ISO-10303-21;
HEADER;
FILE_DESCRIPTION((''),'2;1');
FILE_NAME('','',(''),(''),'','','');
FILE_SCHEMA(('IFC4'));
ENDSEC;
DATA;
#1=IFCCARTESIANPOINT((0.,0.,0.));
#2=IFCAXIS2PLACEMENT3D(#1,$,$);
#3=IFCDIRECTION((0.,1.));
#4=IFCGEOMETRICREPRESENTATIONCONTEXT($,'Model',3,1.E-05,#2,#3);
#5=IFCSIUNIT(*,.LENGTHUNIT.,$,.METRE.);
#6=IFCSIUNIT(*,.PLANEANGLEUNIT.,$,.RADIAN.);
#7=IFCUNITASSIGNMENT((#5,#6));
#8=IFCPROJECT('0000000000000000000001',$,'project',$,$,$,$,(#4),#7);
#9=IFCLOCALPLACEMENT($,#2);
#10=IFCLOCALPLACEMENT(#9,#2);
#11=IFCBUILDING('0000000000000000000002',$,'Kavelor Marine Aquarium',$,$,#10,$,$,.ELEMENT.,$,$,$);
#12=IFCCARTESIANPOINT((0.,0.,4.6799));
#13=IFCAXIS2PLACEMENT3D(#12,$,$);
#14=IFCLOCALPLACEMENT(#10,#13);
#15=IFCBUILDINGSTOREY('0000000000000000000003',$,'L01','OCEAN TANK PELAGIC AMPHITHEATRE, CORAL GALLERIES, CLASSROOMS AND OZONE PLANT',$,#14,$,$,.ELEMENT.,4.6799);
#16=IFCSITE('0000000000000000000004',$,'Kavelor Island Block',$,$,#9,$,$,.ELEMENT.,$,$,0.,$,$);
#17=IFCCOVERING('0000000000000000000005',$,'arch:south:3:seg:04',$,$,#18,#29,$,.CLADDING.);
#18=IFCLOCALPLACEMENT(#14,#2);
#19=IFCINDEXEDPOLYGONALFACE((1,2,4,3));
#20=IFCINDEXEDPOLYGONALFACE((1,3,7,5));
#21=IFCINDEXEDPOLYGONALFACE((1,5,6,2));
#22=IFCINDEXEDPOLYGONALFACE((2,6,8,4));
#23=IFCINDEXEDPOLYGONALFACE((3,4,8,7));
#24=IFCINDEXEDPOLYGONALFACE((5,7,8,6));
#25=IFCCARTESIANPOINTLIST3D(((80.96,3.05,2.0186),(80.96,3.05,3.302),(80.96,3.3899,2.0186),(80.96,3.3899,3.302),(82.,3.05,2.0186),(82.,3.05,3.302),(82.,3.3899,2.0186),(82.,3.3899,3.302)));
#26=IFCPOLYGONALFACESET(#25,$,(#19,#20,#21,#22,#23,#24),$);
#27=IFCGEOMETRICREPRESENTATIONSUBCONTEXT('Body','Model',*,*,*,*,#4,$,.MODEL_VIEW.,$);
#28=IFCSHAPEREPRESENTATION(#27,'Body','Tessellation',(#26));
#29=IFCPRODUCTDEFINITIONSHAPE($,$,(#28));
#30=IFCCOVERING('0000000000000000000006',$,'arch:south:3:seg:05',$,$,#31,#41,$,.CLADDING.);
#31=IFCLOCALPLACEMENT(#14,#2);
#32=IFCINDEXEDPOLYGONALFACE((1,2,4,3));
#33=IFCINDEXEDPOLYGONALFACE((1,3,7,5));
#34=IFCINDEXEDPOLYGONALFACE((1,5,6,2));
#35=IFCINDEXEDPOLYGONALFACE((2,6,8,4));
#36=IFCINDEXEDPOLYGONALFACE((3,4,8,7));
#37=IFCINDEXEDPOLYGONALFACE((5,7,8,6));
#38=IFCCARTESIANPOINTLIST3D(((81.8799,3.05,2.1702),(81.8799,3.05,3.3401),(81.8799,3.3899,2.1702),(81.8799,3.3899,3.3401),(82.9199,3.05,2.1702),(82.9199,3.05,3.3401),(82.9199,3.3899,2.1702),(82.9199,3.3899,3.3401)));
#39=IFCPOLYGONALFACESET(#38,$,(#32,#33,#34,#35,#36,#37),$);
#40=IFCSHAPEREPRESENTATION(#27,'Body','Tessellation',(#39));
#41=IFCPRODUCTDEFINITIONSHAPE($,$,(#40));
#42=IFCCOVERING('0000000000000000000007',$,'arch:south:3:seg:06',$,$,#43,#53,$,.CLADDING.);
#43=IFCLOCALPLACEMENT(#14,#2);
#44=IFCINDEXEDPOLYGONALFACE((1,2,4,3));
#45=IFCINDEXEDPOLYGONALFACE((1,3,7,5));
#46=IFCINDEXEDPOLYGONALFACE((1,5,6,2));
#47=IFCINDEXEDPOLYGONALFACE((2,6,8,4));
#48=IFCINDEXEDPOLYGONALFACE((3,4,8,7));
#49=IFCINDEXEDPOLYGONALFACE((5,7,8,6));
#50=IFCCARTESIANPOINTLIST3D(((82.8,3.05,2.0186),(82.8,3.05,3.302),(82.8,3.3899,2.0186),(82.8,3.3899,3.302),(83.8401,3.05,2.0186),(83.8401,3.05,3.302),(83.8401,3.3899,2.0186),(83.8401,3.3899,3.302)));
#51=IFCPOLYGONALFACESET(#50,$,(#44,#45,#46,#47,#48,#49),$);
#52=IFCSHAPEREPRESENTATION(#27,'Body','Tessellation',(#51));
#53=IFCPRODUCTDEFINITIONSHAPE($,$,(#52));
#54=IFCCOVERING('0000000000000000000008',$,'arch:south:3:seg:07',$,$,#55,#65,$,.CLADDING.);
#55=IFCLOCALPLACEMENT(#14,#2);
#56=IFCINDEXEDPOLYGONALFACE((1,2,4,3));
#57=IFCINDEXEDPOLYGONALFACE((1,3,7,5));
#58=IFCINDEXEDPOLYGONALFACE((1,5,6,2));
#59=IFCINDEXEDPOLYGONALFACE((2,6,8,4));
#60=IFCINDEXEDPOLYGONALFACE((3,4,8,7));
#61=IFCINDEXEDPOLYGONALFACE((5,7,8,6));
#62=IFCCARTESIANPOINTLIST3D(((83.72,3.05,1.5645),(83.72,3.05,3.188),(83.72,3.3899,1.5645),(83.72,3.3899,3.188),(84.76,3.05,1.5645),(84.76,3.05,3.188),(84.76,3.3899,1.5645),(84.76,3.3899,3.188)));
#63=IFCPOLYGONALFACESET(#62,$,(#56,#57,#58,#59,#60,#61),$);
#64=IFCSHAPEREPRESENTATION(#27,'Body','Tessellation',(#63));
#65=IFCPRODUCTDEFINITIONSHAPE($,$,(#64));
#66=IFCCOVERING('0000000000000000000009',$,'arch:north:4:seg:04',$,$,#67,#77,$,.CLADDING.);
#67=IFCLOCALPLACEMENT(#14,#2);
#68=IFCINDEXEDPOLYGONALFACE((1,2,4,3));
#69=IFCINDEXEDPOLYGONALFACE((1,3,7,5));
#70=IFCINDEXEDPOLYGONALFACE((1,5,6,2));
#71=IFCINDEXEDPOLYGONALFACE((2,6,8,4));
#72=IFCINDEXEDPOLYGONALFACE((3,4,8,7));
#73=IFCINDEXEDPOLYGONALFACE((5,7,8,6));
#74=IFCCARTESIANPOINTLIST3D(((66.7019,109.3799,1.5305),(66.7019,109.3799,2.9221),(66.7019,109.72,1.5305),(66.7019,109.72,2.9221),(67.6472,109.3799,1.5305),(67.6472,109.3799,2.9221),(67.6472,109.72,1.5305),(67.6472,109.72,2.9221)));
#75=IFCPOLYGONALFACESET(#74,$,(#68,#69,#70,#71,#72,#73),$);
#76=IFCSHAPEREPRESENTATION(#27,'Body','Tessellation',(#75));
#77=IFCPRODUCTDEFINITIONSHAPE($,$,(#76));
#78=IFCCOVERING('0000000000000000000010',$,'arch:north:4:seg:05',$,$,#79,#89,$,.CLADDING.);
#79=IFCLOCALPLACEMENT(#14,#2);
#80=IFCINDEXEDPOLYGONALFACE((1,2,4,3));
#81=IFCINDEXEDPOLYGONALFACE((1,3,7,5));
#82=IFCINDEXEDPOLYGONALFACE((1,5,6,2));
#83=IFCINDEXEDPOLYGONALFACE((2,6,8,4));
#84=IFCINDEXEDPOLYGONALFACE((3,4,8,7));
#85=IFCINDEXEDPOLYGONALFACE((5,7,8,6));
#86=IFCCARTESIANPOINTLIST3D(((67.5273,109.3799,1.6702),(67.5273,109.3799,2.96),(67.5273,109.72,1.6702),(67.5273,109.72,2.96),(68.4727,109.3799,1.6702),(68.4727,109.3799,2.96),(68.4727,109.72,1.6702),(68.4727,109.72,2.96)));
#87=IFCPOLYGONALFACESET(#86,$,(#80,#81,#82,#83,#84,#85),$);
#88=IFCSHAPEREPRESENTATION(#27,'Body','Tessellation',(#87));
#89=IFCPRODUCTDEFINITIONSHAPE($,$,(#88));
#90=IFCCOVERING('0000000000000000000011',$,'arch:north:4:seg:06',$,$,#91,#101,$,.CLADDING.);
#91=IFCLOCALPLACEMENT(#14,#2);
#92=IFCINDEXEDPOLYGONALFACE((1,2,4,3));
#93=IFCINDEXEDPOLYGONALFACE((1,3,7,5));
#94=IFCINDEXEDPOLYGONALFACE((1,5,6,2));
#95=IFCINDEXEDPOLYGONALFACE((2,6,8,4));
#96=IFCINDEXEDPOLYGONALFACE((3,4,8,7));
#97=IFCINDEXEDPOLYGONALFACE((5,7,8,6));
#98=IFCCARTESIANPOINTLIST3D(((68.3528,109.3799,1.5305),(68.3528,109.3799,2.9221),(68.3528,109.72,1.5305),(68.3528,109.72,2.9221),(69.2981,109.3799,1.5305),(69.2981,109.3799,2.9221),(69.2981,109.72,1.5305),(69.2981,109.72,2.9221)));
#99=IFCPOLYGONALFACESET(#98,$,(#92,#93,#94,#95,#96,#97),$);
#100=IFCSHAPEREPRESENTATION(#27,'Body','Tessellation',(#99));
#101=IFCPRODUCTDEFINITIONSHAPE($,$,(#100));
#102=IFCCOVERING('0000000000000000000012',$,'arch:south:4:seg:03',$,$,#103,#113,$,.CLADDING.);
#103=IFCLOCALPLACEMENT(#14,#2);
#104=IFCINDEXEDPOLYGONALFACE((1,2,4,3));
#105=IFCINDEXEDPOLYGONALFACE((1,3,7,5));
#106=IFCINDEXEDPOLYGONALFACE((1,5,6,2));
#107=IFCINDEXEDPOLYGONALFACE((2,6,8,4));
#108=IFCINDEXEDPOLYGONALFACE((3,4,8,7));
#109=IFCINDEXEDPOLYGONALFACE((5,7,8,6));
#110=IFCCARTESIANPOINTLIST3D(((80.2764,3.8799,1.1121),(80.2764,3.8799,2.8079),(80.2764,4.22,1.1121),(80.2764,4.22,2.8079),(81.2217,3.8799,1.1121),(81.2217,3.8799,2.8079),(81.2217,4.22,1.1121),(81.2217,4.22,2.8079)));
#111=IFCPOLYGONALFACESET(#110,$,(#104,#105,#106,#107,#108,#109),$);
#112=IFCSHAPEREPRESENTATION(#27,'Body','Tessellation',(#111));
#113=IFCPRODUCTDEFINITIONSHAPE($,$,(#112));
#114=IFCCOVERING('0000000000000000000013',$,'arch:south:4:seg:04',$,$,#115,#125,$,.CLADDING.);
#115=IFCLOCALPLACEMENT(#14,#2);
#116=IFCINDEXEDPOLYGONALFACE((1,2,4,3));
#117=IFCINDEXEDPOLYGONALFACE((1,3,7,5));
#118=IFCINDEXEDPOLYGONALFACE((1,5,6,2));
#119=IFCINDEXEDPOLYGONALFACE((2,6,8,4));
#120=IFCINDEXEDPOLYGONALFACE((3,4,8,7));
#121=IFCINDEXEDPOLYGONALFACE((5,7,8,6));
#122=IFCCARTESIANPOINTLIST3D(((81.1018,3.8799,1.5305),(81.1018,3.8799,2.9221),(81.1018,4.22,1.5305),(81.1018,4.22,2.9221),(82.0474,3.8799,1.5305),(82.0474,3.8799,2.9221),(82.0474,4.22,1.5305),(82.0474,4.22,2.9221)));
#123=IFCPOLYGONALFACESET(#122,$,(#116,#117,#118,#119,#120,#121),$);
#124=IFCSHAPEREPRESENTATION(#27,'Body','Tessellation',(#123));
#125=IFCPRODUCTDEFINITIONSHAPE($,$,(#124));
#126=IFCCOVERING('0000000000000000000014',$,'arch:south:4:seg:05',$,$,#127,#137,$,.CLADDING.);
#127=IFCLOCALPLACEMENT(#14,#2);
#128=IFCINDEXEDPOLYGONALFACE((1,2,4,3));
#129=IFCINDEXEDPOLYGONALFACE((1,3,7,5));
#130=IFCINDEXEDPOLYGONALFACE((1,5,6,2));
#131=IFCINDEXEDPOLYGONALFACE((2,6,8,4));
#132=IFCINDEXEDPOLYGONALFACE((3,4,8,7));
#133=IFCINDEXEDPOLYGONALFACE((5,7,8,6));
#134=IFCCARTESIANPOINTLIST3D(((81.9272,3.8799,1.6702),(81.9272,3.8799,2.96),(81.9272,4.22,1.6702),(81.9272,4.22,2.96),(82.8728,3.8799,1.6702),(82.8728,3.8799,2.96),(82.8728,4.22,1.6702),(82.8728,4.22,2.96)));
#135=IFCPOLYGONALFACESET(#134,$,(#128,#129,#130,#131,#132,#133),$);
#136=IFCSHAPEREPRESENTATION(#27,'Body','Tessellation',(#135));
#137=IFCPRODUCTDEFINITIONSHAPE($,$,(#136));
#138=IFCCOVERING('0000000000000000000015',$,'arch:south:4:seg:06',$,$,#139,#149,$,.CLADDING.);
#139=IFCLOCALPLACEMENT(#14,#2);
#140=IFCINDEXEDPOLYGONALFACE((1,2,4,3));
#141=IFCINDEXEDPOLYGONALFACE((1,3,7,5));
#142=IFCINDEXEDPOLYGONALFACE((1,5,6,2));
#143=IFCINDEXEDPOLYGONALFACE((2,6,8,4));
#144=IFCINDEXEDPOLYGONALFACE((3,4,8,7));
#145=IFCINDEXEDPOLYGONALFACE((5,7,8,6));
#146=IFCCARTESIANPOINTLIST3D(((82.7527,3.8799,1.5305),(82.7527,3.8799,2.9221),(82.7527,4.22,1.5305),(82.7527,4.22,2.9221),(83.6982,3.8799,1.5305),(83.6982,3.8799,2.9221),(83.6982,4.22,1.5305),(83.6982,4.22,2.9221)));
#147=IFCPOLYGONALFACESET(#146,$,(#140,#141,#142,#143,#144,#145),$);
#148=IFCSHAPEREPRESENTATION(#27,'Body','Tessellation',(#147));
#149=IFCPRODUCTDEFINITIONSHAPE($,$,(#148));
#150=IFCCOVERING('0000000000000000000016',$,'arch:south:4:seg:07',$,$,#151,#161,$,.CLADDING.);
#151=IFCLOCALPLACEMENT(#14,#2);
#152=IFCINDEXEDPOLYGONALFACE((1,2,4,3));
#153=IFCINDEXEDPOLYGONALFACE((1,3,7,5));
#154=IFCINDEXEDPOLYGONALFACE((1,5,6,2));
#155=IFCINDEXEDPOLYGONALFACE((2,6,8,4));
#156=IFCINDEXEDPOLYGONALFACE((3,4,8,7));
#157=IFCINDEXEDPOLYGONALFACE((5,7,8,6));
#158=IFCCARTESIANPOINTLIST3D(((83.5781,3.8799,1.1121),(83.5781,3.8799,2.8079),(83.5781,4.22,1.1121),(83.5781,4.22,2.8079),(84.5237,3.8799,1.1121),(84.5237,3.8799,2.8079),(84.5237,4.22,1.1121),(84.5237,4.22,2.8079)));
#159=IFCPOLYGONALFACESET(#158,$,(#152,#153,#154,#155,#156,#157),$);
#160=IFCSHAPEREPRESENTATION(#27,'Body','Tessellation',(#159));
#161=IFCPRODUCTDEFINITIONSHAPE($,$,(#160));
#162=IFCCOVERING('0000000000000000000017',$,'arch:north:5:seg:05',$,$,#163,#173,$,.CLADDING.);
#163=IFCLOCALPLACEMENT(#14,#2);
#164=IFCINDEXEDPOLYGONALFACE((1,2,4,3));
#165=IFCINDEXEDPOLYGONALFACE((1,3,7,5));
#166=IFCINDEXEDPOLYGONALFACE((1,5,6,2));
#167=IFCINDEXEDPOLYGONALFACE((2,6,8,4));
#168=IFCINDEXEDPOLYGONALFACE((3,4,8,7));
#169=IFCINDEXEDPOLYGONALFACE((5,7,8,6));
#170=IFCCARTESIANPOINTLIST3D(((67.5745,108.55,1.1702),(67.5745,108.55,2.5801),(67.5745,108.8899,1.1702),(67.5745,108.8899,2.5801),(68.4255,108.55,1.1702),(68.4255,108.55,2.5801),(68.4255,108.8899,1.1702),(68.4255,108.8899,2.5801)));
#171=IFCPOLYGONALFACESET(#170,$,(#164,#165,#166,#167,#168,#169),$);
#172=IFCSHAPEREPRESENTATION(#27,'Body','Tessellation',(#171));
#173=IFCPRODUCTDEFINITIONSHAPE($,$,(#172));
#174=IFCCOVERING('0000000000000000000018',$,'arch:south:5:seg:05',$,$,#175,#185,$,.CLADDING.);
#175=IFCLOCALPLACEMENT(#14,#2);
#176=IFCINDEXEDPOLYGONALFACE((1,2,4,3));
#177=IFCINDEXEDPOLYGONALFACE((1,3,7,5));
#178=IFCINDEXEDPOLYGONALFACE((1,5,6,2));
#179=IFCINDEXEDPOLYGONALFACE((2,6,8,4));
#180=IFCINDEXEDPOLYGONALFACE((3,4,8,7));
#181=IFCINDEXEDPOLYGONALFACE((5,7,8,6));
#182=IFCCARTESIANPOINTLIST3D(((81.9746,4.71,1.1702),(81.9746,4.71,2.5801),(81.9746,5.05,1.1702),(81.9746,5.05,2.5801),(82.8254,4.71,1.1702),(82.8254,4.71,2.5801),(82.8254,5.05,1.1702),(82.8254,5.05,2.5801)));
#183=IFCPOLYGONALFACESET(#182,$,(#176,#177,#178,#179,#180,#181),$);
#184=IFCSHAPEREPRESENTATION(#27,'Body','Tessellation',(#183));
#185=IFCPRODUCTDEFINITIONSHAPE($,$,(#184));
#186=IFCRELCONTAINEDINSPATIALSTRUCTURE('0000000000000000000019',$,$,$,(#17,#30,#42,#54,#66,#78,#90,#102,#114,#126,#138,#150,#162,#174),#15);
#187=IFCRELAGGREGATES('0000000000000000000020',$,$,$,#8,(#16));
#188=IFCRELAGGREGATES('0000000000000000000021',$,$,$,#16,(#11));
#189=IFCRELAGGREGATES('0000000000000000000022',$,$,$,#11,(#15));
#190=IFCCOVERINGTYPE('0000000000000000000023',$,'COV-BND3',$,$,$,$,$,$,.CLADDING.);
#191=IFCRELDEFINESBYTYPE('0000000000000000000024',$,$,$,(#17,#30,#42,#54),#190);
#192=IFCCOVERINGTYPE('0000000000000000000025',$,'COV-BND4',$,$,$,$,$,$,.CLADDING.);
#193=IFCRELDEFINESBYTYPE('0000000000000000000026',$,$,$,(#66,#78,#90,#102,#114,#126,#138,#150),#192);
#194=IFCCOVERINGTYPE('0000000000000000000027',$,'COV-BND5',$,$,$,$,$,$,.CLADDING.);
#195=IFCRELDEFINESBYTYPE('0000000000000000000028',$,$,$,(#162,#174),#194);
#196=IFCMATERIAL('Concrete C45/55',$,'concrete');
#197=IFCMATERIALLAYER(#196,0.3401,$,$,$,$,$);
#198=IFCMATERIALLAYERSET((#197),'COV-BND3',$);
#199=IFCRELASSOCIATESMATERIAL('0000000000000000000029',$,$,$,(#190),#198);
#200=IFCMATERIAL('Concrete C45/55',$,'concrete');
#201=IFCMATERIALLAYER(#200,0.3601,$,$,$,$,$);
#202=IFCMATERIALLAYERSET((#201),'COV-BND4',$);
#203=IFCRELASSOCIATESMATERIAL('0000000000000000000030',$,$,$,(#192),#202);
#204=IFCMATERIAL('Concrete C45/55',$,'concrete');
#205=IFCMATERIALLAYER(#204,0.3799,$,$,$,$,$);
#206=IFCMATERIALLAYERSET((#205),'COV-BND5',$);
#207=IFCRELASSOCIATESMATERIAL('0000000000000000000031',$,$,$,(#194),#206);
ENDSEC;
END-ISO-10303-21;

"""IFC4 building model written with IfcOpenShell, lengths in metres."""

from ifc_helpers import new_model, si_unit, direction, frame, origin, place, context, subcontext, project, spatial, polyline, outline, extrude, material, layer, layer_set, type_object, element, save


model = new_model("IFC4")

# Units and contexts
model_context = context("Model", 3, precision=1e-05, world=origin(), true_north=direction((0.0, 1.0)))
body_context = subcontext(model_context, "Body", "Model", "MODEL_VIEW")
ifc_project = project(units=[si_unit("LENGTHUNIT", "METRE"), si_unit("PLANEANGLEUNIT", "RADIAN")], contexts=[model_context])

# Site, building, storey
site_placement = place(None, origin())
site = spatial("IfcSite", under=ifc_project, at=site_placement, Name="Kavelor Island Block", CompositionType="ELEMENT", RefElevation=0.0)
building_placement = place(site_placement, origin())
building = spatial("IfcBuilding", under=site, at=building_placement, Name="Kavelor Marine Aquarium", CompositionType="ELEMENT")
storey_placement = place(building_placement, frame((0.0, 0.0, 4.6799)))
storey = spatial("IfcBuildingStorey", under=building, at=storey_placement, Name="L01", Description="OCEAN TANK PELAGIC AMPHITHEATRE, CORAL GALLERIES, CLASSROOMS AND OZONE PLANT", CompositionType="ELEMENT", Elevation=4.6799)

# Coverings
ifc_material_1 = material(Name="Concrete C45/55", Category="concrete")
ifc_layer_1 = layer(ifc_material_1, 0.3401)
ifc_layer_set_1 = layer_set([ifc_layer_1], Name="COV-BND3")
covering_type_1 = type_object("IfcCoveringType", Name="COV-BND3", PredefinedType="CLADDING", material=ifc_layer_set_1)
covering_1_placement = place(storey_placement, frame((0.0, 0.0, 2.0186)))
element("IfcCovering", 1, at=covering_1_placement, inside=storey, type_object=covering_type_1, Name="arch:south:3:seg:04", PredefinedType="CLADDING", context=body_context, shape_type="SweptSolid", body=[
    extrude(outline(polyline([(80.96, 3.05), (82.0, 3.05), (82.0, 3.3899), (80.96, 3.3899), (80.96, 3.05)])), origin(), (0.0, 0.0, 1.0), 1.2834),
])
covering_2_placement = place(storey_placement, frame((0.0, 0.0, 2.1702)))
element("IfcCovering", 2, at=covering_2_placement, inside=storey, type_object=covering_type_1, Name="arch:south:3:seg:05", PredefinedType="CLADDING", context=body_context, shape_type="SweptSolid", body=[
    extrude(outline(polyline([(81.8799, 3.05), (82.9199, 3.05), (82.9199, 3.3899), (81.8799, 3.3899), (81.8799, 3.05)])), origin(), (0.0, 0.0, 1.0), 1.1699),
])
covering_3_placement = place(storey_placement, frame((0.0, 0.0, 2.0186)))
element("IfcCovering", 3, at=covering_3_placement, inside=storey, type_object=covering_type_1, Name="arch:south:3:seg:06", PredefinedType="CLADDING", context=body_context, shape_type="SweptSolid", body=[
    extrude(outline(polyline([(82.8, 3.05), (83.8401, 3.05), (83.8401, 3.3899), (82.8, 3.3899), (82.8, 3.05)])), origin(), (0.0, 0.0, 1.0), 1.2834),
])
covering_4_placement = place(storey_placement, frame((0.0, 0.0, 1.5645)))
element("IfcCovering", 4, at=covering_4_placement, inside=storey, type_object=covering_type_1, Name="arch:south:3:seg:07", PredefinedType="CLADDING", context=body_context, shape_type="SweptSolid", body=[
    extrude(outline(polyline([(83.72, 3.05), (84.76, 3.05), (84.76, 3.3899), (83.72, 3.3899), (83.72, 3.05)])), origin(), (0.0, 0.0, 1.0), 1.6235),
])
ifc_material_2 = material(Name="Concrete C45/55", Category="concrete")
ifc_layer_2 = layer(ifc_material_2, 0.3601)
ifc_layer_set_2 = layer_set([ifc_layer_2], Name="COV-BND4")
covering_type_2 = type_object("IfcCoveringType", Name="COV-BND4", PredefinedType="CLADDING", material=ifc_layer_set_2)
covering_5_placement = place(storey_placement, frame((0.0, 0.0, 1.5305)))
element("IfcCovering", 5, at=covering_5_placement, inside=storey, type_object=covering_type_2, Name="arch:north:4:seg:04", PredefinedType="CLADDING", context=body_context, shape_type="SweptSolid", body=[
    extrude(outline(polyline([(66.7019, 109.3799), (67.6472, 109.3799), (67.6472, 109.72), (66.7019, 109.72), (66.7019, 109.3799)])), origin(), (0.0, 0.0, 1.0), 1.3916),
])
covering_6_placement = place(storey_placement, frame((0.0, 0.0, 1.6702)))
element("IfcCovering", 6, at=covering_6_placement, inside=storey, type_object=covering_type_2, Name="arch:north:4:seg:05", PredefinedType="CLADDING", context=body_context, shape_type="SweptSolid", body=[
    extrude(outline(polyline([(67.5273, 109.3799), (68.4727, 109.3799), (68.4727, 109.72), (67.5273, 109.72), (67.5273, 109.3799)])), origin(), (0.0, 0.0, 1.0), 1.2898),
])
covering_7_placement = place(storey_placement, frame((0.0, 0.0, 1.5305)))
element("IfcCovering", 7, at=covering_7_placement, inside=storey, type_object=covering_type_2, Name="arch:north:4:seg:06", PredefinedType="CLADDING", context=body_context, shape_type="SweptSolid", body=[
    extrude(outline(polyline([(68.3528, 109.3799), (69.2981, 109.3799), (69.2981, 109.72), (68.3528, 109.72), (68.3528, 109.3799)])), origin(), (0.0, 0.0, 1.0), 1.3916),
])
covering_8_placement = place(storey_placement, frame((0.0, 0.0, 1.1121)))
element("IfcCovering", 8, at=covering_8_placement, inside=storey, type_object=covering_type_2, Name="arch:south:4:seg:03", PredefinedType="CLADDING", context=body_context, shape_type="SweptSolid", body=[
    extrude(outline(polyline([(80.2764, 3.8799), (81.2217, 3.8799), (81.2217, 4.22), (80.2764, 4.22), (80.2764, 3.8799)])), origin(), (0.0, 0.0, 1.0), 1.6958),
])
covering_9_placement = place(storey_placement, frame((0.0, 0.0, 1.5305)))
element("IfcCovering", 9, at=covering_9_placement, inside=storey, type_object=covering_type_2, Name="arch:south:4:seg:04", PredefinedType="CLADDING", context=body_context, shape_type="SweptSolid", body=[
    extrude(outline(polyline([(81.1018, 3.8799), (82.0474, 3.8799), (82.0474, 4.22), (81.1018, 4.22), (81.1018, 3.8799)])), origin(), (0.0, 0.0, 1.0), 1.3916),
])
covering_10_placement = place(storey_placement, frame((0.0, 0.0, 1.6702)))
element("IfcCovering", 10, at=covering_10_placement, inside=storey, type_object=covering_type_2, Name="arch:south:4:seg:05", PredefinedType="CLADDING", context=body_context, shape_type="SweptSolid", body=[
    extrude(outline(polyline([(81.9272, 3.8799), (82.8728, 3.8799), (82.8728, 4.22), (81.9272, 4.22), (81.9272, 3.8799)])), origin(), (0.0, 0.0, 1.0), 1.2898),
])
covering_11_placement = place(storey_placement, frame((0.0, 0.0, 1.5305)))
element("IfcCovering", 11, at=covering_11_placement, inside=storey, type_object=covering_type_2, Name="arch:south:4:seg:06", PredefinedType="CLADDING", context=body_context, shape_type="SweptSolid", body=[
    extrude(outline(polyline([(82.7527, 3.8799), (83.6982, 3.8799), (83.6982, 4.22), (82.7527, 4.22), (82.7527, 3.8799)])), origin(), (0.0, 0.0, 1.0), 1.3916),
])
covering_12_placement = place(storey_placement, frame((0.0, 0.0, 1.1121)))
element("IfcCovering", 12, at=covering_12_placement, inside=storey, type_object=covering_type_2, Name="arch:south:4:seg:07", PredefinedType="CLADDING", context=body_context, shape_type="SweptSolid", body=[
    extrude(outline(polyline([(83.5781, 3.8799), (84.5237, 3.8799), (84.5237, 4.22), (83.5781, 4.22), (83.5781, 3.8799)])), origin(), (0.0, 0.0, 1.0), 1.6958),
])
ifc_material_3 = material(Name="Concrete C45/55", Category="concrete")
ifc_layer_3 = layer(ifc_material_3, 0.3799)
ifc_layer_set_3 = layer_set([ifc_layer_3], Name="COV-BND5")
covering_type_3 = type_object("IfcCoveringType", Name="COV-BND5", PredefinedType="CLADDING", material=ifc_layer_set_3)
covering_13_placement = place(storey_placement, frame((0.0, 0.0, 1.1702)))
element("IfcCovering", 13, at=covering_13_placement, inside=storey, type_object=covering_type_3, Name="arch:north:5:seg:05", PredefinedType="CLADDING", context=body_context, shape_type="SweptSolid", body=[
    extrude(outline(polyline([(67.5745, 108.55), (68.4255, 108.55), (68.4255, 108.8899), (67.5745, 108.8899), (67.5745, 108.55)])), origin(), (0.0, 0.0, 1.0), 1.4099),
])
covering_14_placement = place(storey_placement, frame((0.0, 0.0, 1.1702)))
element("IfcCovering", 14, at=covering_14_placement, inside=storey, type_object=covering_type_3, Name="arch:south:5:seg:05", PredefinedType="CLADDING", context=body_context, shape_type="SweptSolid", body=[
    extrude(outline(polyline([(81.9746, 4.71), (82.8254, 4.71), (82.8254, 5.05), (81.9746, 5.05), (81.9746, 4.71)])), origin(), (0.0, 0.0, 1.0), 1.4099),
])

save(model, "model.ifc")
